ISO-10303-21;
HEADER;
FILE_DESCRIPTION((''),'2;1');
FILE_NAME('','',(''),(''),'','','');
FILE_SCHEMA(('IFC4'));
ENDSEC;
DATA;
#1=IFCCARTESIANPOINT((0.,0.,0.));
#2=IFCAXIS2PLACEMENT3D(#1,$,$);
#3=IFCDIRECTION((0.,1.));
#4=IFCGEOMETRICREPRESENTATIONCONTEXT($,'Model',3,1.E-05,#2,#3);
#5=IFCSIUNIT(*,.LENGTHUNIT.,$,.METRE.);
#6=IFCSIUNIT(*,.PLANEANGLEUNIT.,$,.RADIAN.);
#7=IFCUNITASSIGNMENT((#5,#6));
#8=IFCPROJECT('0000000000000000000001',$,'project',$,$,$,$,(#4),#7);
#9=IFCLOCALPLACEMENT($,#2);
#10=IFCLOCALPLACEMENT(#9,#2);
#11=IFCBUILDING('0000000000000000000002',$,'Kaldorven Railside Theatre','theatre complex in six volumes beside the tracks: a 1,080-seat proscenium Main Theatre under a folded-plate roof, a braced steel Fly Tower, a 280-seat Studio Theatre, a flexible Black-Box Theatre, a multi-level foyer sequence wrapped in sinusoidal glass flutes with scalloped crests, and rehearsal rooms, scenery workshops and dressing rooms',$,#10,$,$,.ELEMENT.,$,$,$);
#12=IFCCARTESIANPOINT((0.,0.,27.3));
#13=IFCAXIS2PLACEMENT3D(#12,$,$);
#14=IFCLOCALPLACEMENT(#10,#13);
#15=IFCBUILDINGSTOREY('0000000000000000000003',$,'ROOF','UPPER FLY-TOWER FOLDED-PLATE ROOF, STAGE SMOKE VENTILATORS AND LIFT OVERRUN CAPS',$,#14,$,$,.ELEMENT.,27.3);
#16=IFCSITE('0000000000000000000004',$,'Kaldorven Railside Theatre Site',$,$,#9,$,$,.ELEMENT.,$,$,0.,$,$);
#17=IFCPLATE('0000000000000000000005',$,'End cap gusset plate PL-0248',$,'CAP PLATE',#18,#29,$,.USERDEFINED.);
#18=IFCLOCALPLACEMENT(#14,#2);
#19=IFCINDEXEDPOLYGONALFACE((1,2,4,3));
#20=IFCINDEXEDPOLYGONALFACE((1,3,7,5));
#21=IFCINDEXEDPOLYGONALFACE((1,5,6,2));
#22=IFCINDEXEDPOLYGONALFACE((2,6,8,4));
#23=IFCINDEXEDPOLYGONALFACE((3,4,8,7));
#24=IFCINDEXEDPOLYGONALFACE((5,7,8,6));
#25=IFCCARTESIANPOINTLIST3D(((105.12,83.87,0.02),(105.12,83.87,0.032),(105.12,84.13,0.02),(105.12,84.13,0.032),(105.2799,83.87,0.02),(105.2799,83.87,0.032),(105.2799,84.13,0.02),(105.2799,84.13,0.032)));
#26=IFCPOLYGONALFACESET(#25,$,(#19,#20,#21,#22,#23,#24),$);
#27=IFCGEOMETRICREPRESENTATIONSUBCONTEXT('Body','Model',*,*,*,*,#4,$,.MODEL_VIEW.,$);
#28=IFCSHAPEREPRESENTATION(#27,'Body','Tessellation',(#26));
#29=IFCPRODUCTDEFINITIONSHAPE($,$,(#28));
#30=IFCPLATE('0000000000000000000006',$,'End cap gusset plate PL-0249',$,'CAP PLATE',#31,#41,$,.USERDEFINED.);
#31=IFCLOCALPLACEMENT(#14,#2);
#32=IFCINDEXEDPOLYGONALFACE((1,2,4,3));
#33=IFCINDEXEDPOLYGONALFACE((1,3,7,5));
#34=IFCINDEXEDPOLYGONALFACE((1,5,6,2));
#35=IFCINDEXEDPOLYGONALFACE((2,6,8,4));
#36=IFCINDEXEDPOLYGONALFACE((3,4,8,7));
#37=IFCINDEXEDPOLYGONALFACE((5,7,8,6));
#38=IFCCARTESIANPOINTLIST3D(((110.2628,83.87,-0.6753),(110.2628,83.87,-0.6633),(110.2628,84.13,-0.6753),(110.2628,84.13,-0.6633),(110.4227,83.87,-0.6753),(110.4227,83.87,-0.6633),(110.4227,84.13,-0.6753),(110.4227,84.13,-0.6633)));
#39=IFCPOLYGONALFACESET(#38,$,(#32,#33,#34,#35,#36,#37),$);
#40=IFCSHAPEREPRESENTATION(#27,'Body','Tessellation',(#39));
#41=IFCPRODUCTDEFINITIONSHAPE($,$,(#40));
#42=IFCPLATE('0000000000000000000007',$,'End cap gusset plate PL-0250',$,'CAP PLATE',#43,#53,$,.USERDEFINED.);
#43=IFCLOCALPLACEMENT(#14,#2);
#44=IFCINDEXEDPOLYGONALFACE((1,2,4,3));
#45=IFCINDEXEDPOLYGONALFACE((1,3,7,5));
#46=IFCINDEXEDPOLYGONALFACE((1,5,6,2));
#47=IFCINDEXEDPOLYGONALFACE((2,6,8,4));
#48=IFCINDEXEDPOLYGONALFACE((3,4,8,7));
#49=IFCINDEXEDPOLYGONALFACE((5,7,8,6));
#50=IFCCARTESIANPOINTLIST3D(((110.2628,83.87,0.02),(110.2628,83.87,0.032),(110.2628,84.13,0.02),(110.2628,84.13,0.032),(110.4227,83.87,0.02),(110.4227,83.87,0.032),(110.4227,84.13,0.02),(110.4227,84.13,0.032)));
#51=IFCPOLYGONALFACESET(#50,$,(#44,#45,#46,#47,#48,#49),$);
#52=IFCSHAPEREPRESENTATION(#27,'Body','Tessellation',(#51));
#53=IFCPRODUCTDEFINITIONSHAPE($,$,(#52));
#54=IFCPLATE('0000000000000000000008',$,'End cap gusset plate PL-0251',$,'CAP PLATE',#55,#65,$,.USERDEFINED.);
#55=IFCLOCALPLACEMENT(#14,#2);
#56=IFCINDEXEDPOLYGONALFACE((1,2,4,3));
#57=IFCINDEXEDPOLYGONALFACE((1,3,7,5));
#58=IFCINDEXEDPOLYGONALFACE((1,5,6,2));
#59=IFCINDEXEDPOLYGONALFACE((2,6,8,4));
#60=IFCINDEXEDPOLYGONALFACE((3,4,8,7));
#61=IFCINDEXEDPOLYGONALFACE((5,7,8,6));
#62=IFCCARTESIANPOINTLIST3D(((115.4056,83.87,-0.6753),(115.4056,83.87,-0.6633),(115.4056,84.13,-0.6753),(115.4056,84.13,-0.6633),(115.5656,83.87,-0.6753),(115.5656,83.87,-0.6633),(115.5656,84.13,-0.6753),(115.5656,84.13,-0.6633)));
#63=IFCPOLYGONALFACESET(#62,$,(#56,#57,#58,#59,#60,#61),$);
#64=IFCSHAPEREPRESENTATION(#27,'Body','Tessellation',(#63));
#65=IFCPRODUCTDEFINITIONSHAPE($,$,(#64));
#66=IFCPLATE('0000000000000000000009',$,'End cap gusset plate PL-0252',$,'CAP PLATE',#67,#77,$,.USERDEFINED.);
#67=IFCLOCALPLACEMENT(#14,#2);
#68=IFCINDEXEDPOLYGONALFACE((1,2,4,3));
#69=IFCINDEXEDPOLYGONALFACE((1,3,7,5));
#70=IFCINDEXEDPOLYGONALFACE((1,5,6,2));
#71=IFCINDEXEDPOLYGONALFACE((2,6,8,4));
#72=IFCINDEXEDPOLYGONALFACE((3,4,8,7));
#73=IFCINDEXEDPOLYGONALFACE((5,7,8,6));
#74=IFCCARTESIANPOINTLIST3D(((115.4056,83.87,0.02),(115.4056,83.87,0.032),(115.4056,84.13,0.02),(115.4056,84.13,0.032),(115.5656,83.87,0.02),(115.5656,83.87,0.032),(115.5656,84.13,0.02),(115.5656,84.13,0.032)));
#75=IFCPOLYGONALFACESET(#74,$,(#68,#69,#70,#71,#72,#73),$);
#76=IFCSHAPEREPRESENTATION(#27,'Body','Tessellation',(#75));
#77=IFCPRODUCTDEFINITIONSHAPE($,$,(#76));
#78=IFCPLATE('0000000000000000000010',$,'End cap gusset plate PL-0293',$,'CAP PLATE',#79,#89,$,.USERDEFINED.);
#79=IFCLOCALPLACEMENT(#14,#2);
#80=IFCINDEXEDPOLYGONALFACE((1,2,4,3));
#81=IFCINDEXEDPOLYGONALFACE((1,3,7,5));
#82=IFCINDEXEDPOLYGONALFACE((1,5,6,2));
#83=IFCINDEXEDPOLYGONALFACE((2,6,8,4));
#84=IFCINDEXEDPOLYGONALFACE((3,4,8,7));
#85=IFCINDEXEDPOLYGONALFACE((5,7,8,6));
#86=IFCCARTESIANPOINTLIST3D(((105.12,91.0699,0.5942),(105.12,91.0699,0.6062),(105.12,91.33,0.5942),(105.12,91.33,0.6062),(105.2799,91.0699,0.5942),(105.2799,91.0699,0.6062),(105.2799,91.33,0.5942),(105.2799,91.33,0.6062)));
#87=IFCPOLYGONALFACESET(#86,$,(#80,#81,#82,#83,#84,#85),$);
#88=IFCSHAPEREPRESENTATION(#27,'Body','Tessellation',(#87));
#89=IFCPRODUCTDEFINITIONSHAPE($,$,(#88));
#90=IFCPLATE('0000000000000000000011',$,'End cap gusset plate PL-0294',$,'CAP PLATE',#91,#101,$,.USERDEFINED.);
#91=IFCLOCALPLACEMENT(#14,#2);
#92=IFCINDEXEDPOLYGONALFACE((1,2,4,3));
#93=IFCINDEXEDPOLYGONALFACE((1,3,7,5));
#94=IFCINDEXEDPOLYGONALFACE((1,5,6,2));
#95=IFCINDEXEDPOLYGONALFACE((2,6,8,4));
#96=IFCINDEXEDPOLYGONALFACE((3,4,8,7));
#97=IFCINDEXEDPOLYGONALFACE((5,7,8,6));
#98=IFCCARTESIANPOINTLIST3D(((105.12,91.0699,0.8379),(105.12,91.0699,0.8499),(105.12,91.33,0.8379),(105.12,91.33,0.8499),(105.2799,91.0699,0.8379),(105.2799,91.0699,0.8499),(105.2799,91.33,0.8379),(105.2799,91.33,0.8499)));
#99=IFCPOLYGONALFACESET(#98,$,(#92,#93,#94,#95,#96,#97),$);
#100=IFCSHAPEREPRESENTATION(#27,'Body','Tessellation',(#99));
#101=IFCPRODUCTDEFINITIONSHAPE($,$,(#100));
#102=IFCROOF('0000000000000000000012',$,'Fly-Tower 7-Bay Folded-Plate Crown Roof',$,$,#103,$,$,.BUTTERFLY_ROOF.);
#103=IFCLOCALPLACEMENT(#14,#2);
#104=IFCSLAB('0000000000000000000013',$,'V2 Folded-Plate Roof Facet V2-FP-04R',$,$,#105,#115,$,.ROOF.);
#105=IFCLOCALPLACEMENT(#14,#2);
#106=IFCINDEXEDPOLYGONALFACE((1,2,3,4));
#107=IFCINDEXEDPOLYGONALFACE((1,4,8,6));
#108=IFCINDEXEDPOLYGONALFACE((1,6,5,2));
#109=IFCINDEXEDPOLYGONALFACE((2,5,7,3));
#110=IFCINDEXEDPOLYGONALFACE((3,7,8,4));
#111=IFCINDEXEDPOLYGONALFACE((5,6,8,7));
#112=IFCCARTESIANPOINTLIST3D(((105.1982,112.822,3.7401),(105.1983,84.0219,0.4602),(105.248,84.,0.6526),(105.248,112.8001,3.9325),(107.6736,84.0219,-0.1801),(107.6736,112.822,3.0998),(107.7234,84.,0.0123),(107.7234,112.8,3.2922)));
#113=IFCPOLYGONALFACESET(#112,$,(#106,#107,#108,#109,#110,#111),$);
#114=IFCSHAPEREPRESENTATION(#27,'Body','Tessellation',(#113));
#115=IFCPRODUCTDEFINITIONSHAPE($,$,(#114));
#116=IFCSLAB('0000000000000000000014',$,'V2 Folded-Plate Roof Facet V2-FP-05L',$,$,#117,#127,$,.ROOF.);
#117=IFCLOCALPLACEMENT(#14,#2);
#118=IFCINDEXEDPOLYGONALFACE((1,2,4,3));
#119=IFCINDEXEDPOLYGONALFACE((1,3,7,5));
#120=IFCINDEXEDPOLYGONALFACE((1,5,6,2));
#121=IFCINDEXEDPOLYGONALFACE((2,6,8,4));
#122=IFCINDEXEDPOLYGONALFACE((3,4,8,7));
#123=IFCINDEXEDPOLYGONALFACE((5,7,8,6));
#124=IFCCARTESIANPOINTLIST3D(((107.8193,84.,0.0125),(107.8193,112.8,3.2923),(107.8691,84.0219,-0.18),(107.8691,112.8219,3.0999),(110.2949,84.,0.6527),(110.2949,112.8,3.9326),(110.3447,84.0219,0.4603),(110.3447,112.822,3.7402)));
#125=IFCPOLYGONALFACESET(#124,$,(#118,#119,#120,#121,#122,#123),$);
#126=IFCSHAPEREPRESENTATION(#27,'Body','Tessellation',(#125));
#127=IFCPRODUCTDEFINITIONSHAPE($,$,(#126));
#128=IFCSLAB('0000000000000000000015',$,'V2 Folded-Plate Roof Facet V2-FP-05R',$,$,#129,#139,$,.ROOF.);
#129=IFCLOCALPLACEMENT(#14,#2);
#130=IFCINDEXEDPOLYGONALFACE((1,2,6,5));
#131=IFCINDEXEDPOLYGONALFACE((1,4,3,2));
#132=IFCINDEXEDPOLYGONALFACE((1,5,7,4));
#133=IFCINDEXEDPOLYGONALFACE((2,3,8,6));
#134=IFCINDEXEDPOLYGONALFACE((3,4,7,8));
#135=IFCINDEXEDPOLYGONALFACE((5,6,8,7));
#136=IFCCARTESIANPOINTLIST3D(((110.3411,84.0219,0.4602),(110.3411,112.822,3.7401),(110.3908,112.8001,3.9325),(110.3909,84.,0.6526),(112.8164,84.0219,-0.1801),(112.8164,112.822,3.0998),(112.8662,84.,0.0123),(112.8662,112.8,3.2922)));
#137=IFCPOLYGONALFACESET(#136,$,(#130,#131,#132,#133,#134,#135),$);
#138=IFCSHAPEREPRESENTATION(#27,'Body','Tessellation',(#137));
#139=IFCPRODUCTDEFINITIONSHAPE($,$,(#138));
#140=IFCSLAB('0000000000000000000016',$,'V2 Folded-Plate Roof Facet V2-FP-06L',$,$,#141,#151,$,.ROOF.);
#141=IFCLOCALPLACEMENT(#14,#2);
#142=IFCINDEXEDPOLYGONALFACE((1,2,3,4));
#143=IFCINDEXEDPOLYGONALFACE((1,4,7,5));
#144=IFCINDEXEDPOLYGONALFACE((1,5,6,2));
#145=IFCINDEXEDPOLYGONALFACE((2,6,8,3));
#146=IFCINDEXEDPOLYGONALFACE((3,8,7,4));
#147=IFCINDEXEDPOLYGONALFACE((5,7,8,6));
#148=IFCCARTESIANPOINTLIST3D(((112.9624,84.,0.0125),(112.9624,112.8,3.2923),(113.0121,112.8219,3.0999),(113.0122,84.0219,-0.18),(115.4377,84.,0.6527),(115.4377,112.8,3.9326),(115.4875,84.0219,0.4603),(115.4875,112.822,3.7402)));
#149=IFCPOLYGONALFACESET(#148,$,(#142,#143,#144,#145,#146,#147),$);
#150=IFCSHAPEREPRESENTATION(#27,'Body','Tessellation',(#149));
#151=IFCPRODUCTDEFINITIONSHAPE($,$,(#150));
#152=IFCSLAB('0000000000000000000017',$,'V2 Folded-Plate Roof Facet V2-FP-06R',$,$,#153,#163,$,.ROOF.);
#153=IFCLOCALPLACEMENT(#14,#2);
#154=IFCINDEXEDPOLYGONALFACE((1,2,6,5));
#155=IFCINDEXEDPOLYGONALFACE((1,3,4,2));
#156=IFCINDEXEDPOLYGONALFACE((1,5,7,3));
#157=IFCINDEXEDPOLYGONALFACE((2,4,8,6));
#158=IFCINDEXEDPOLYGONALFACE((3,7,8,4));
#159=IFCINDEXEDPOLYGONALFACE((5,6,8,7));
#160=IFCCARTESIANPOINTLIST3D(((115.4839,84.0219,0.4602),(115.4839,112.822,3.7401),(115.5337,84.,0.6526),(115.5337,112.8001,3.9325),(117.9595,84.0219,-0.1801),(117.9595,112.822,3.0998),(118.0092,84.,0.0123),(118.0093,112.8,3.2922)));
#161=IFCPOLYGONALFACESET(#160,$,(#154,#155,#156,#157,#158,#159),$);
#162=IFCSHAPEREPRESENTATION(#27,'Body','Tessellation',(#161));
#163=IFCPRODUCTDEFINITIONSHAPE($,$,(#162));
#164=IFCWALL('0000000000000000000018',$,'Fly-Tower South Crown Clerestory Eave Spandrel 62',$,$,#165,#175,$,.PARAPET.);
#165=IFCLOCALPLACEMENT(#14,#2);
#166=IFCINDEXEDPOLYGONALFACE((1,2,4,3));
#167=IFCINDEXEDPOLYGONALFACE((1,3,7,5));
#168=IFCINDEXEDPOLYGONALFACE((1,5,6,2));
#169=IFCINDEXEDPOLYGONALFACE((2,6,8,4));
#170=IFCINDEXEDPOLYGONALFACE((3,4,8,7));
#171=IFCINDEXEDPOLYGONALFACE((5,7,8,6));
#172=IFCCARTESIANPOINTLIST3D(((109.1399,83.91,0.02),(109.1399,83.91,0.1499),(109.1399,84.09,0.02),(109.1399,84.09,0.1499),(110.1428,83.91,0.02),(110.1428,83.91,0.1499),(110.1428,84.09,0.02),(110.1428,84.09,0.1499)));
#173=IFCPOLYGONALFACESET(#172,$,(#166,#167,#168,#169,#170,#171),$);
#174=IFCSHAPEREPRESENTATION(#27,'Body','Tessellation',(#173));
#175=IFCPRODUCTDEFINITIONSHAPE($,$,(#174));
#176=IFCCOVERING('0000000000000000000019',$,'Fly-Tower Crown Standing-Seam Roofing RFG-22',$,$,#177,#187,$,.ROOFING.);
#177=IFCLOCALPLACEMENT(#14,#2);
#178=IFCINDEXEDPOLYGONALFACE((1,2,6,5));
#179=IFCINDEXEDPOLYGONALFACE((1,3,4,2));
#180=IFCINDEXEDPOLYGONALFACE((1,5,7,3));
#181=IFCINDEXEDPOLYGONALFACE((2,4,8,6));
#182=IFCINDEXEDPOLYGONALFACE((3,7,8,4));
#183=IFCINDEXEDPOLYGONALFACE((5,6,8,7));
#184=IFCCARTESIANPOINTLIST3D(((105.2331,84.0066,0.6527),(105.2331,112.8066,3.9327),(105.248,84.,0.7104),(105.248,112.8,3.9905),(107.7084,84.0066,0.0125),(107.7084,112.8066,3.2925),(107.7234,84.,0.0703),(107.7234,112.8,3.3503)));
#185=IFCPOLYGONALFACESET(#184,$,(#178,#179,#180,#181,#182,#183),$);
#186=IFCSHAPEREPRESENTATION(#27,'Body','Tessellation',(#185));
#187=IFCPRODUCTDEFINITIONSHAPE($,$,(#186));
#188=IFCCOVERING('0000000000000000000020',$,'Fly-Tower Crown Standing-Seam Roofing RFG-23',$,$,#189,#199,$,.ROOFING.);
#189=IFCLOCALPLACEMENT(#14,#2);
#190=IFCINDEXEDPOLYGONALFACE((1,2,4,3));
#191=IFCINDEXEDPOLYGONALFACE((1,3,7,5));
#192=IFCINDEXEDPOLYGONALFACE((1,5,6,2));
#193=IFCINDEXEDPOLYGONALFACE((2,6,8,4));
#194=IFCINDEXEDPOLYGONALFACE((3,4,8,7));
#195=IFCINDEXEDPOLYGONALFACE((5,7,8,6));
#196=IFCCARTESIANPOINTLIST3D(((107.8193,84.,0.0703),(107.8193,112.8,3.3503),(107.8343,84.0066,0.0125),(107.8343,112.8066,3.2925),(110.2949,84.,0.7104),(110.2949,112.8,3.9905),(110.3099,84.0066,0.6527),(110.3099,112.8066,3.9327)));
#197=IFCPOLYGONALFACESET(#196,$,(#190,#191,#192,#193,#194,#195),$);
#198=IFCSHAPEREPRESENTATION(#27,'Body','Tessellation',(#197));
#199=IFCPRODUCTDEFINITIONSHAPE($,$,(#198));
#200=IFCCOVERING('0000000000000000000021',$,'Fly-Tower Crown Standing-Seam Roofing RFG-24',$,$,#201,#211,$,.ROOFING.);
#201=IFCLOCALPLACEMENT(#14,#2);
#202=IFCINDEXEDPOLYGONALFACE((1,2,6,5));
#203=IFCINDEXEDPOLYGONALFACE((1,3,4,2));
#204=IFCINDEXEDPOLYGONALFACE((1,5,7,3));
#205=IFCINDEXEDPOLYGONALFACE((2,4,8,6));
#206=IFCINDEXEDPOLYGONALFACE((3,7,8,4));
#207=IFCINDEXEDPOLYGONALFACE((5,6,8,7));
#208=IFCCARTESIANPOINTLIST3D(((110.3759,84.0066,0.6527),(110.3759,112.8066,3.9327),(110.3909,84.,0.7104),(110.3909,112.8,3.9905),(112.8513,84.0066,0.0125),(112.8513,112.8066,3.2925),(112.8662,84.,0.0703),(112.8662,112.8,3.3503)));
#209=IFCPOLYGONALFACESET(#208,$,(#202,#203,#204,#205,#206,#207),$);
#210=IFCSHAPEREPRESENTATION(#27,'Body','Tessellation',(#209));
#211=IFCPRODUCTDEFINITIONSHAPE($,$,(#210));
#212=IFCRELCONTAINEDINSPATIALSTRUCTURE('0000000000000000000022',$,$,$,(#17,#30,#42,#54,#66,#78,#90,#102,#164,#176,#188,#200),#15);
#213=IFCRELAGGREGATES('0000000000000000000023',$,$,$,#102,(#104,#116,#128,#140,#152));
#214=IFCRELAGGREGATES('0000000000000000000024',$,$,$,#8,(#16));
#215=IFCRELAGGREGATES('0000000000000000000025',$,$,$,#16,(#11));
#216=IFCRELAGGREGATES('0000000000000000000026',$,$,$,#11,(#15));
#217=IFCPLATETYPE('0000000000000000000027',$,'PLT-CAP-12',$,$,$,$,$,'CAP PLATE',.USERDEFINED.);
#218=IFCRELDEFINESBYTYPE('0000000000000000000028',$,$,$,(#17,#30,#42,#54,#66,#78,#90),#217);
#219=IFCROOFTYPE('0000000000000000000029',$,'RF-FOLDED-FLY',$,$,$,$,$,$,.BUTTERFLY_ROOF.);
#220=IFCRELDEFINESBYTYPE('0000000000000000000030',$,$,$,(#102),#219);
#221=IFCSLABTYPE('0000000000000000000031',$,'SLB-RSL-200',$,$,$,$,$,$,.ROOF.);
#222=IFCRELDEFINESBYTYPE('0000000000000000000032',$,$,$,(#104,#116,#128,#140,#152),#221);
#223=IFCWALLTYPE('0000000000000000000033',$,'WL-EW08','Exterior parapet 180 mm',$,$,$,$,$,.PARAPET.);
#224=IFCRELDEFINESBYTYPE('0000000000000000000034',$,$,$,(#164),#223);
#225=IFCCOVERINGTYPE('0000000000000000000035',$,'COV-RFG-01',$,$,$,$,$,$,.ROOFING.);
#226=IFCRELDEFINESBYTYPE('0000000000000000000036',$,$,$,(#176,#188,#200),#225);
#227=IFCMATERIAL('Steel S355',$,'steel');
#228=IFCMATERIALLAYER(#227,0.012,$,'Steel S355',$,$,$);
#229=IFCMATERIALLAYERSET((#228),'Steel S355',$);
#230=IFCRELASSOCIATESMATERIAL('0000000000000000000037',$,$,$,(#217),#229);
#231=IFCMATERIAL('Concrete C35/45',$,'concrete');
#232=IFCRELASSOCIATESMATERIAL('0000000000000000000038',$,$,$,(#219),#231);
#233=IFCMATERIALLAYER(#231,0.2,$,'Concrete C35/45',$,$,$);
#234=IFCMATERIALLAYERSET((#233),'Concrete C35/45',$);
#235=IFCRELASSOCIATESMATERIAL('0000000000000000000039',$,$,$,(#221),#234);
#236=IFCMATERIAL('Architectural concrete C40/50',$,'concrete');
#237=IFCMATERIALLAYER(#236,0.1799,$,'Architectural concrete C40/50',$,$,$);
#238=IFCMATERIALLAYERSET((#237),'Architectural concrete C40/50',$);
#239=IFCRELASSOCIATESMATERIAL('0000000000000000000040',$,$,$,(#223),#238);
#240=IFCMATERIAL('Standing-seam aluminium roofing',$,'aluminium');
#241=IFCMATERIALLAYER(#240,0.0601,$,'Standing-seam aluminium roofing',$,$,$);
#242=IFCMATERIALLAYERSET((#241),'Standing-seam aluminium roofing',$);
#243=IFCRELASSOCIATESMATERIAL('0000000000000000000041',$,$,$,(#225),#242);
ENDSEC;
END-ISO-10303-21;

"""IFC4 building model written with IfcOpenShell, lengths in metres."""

from ifc_helpers import new_model, si_unit, direction, frame, frame_2d, origin, origin_2d, place, context, subcontext, project, spatial, polyline, rectangle, outline, extrude, material, layer, layer_set, type_object, element, aggregate, save


model = new_model("IFC4")

# Units and contexts
model_context = context("Model", 3, precision=1e-05, world=origin(), true_north=direction((0.0, 1.0)))
body_context = subcontext(model_context, "Body", "Model", "MODEL_VIEW")
ifc_project = project(units=[si_unit("LENGTHUNIT", "METRE"), si_unit("PLANEANGLEUNIT", "RADIAN")], contexts=[model_context])

# Site, building, storey
site_placement = place(None, origin())
site = spatial("IfcSite", under=ifc_project, at=site_placement, Name="Kaldorven Railside Theatre Site", CompositionType="ELEMENT", RefElevation=0.0)
building_placement = place(site_placement, origin())
building = spatial("IfcBuilding", under=site, at=building_placement, Name="Kaldorven Railside Theatre", Description="theatre complex in six volumes beside the tracks: a 1,080-seat proscenium Main Theatre under a folded-plate roof, a braced steel Fly Tower, a 280-seat Studio Theatre, a flexible Black-Box Theatre, a multi-level foyer sequence wrapped in sinusoidal glass flutes with scalloped crests, and rehearsal rooms, scenery workshops and dressing rooms", CompositionType="ELEMENT")
storey_placement = place(building_placement, frame((0.0, 0.0, 27.3)))
storey = spatial("IfcBuildingStorey", under=building, at=storey_placement, Name="ROOF", Description="UPPER FLY-TOWER FOLDED-PLATE ROOF, STAGE SMOKE VENTILATORS AND LIFT OVERRUN CAPS", CompositionType="ELEMENT", Elevation=27.3)

# Shared definitions
ifc_material_1 = material(Name="Steel S355", Category="steel")

# Plates
ifc_layer_1 = layer(ifc_material_1, 0.012, Name="Steel S355")
ifc_layer_set_1 = layer_set([ifc_layer_1], Name="Steel S355")
plate_type = type_object("IfcPlateType", Name="PLT-CAP-12", ElementType="CAP PLATE", PredefinedType="USERDEFINED", material=ifc_layer_set_1)
for number, where, z_axis, x_axis, name in (
    (1, (105.2, 84.0, 0.02), (0.0, 0.0, 1.0), (1.0, 0.0, 0.0), "End cap gusset plate PL-0248"),
    (2, (110.3428, 84.0, -0.6753), (0.0, 0.0, 1.0), (1.0, 0.0, 0.0), "End cap gusset plate PL-0249"),
    (3, (110.3428, 84.0, 0.02), (0.0, 0.0, 1.0), (1.0, 0.0, 0.0), "End cap gusset plate PL-0250"),
    (4, (115.4856, 84.0, -0.6753), (0.0, 0.0, 1.0), (1.0, 0.0, 0.0), "End cap gusset plate PL-0251"),
    (5, (115.4856, 84.0, 0.02), (0.0, 0.0, 1.0), (1.0, 0.0, 0.0), "End cap gusset plate PL-0252"),
    (6, (105.2, 91.2, 0.5942), (0.0, 0.0, 1.0), (1.0, 0.0, 0.0), "End cap gusset plate PL-0293"),
    (7, (105.2, 91.2, 0.8379), (0.0, 0.0, 1.0), (1.0, 0.0, 0.0), "End cap gusset plate PL-0294"),
):
    element("IfcPlate", number, at=place(storey_placement, frame(where, z_axis=z_axis, x_axis=x_axis)), inside=storey, type_object=plate_type, Name=name, ObjectType="CAP PLATE", PredefinedType="USERDEFINED", context=body_context, shape_type="SweptSolid", body=[
        extrude(rectangle(XDim=0.1599, YDim=0.26, at=origin_2d()), origin(), (0.0, 0.0, 1.0), 0.012),
    ])

# Roof, slabs
ifc_material_2 = material(Name="Concrete C35/45", Category="concrete")
roof_type = type_object("IfcRoofType", Name="RF-FOLDED-FLY", PredefinedType="BUTTERFLY_ROOF", material=ifc_material_2)
roof_placement = place(storey_placement, origin())
roof = element("IfcRoof", 8, at=roof_placement, inside=storey, type_object=roof_type, Name="Fly-Tower 7-Bay Folded-Plate Crown Roof", PredefinedType="BUTTERFLY_ROOF")
ifc_layer_2 = layer(ifc_material_2, 0.2, Name="Concrete C35/45")
ifc_layer_set_2 = layer_set([ifc_layer_2], Name="Concrete C35/45")
slab_type = type_object("IfcSlabType", Name="SLB-RSL-200", PredefinedType="ROOF", material=ifc_layer_set_2)
slab_1_placement = place(storey_placement, frame((105.248, 84.0, 0.6526), z_axis=(0.248905, -0.109593, 0.962307), x_axis=(0.968139, 0.000005, -0.250413)))
slab_1 = element("IfcSlab", 9, at=slab_1_placement, type_object=slab_type, Name="V2 Folded-Plate Roof Facet V2-FP-04R", PredefinedType="ROOF", context=body_context, shape_type="SweptSolid", body=[
    extrude(outline(polyline([(0.0, 0.0), (2.5568, 0.0), (1.7356, 28.9746), (-0.8212, 28.9746), (0.0, 0.0)])), origin(), (0.0, 0.0, -1.0), 0.2),
])
slab_2_placement = place(storey_placement, frame((107.8193, 84.0, 0.0125), z_axis=(-0.248882, -0.109594, 0.962313), x_axis=(0.968145, -0.000005, 0.25039)))
slab_2 = element("IfcSlab", 10, at=slab_2_placement, type_object=slab_type, Name="V2 Folded-Plate Roof Facet V2-FP-05L", PredefinedType="ROOF", context=body_context, shape_type="SweptSolid", body=[
    extrude(outline(polyline([(0.0, 0.0), (2.557, 0.0), (3.3782, 28.9746), (0.8211, 28.9746), (0.0, 0.0)])), origin(), (0.0, 0.0, -1.0), 0.2),
])
slab_3_placement = place(storey_placement, frame((110.3909, 84.0, 0.6526), z_axis=(0.248905, -0.109593, 0.962307), x_axis=(0.968139, 0.000005, -0.250413)))
slab_3 = element("IfcSlab", 11, at=slab_3_placement, type_object=slab_type, Name="V2 Folded-Plate Roof Facet V2-FP-05R", PredefinedType="ROOF", context=body_context, shape_type="SweptSolid", body=[
    extrude(outline(polyline([(0.0, 0.0), (2.5568, 0.0), (1.7356, 28.9746), (-0.8212, 28.9746), (0.0, 0.0)])), origin(), (0.0, 0.0, -1.0), 0.2),
])
slab_4_placement = place(storey_placement, frame((112.9624, 84.0, 0.0125), z_axis=(-0.248905, -0.109593, 0.962307), x_axis=(0.968139, -0.000005, 0.250413)))
slab_4 = element("IfcSlab", 12, at=slab_4_placement, type_object=slab_type, Name="V2 Folded-Plate Roof Facet V2-FP-06L", PredefinedType="ROOF", context=body_context, shape_type="SweptSolid", body=[
    extrude(outline(polyline([(0.0, 0.0), (2.5568, 0.0), (3.378, 28.9746), (0.8212, 28.9746), (0.0, 0.0)])), origin(), (0.0, 0.0, -1.0), 0.2),
])
slab_5_placement = place(storey_placement, frame((115.5337, 84.0, 0.6526), z_axis=(0.248882, -0.109594, 0.962313), x_axis=(0.968145, 0.000005, -0.25039)))
slab_5 = element("IfcSlab", 13, at=slab_5_placement, type_object=slab_type, Name="V2 Folded-Plate Roof Facet V2-FP-06R", PredefinedType="ROOF", context=body_context, shape_type="SweptSolid", body=[
    extrude(outline(polyline([(0.0, 0.0), (2.557, 0.0), (1.7359, 28.9746), (-0.8211, 28.9746), (0.0, 0.0)])), origin(), (0.0, 0.0, -1.0), 0.2),
])
aggregate(roof, [slab_1, slab_2, slab_3, slab_4, slab_5])

# Wall
ifc_material_3 = material(Name="Architectural concrete C40/50", Category="concrete")
ifc_layer_3 = layer(ifc_material_3, 0.1799, Name="Architectural concrete C40/50")
ifc_layer_set_3 = layer_set([ifc_layer_3], Name="Architectural concrete C40/50")
wall_type = type_object("IfcWallType", Name="WL-EW08", Description="Exterior parapet 180 mm", PredefinedType="PARAPET", material=ifc_layer_set_3)
wall_placement = place(storey_placement, frame((109.1399, 84.0, 0.02), z_axis=(0.0, 0.0, 1.0), x_axis=(1.0, 0.0, 0.0)))
element("IfcWall", 14, at=wall_placement, inside=storey, type_object=wall_type, Name="Fly-Tower South Crown Clerestory Eave Spandrel 62", PredefinedType="PARAPET", context=body_context, shape_type="SweptSolid", body=[
    extrude(rectangle(XDim=1.0029, YDim=0.1799, at=frame_2d((0.5015, 0.0))), origin(), (0.0, 0.0, 1.0), 0.1299),
])

# Coverings
ifc_material_4 = material(Name="Standing-seam aluminium roofing", Category="aluminium")
ifc_layer_4 = layer(ifc_material_4, 0.0601, Name="Standing-seam aluminium roofing")
ifc_layer_set_4 = layer_set([ifc_layer_4], Name="Standing-seam aluminium roofing")
covering_type = type_object("IfcCoveringType", Name="COV-RFG-01", PredefinedType="ROOFING", material=ifc_layer_set_4)
covering_1_placement = place(storey_placement, frame((105.248, 84.0, 0.7104), z_axis=(0.248861, -0.109598, 0.962318), x_axis=(0.968151, 0.0, -0.250369)))
element("IfcCovering", 15, at=covering_1_placement, inside=storey, type_object=covering_type, Name="Fly-Tower Crown Standing-Seam Roofing RFG-22", PredefinedType="ROOFING", context=body_context, shape_type="SweptSolid", body=[
    extrude(outline(polyline([(0.0, 0.0), (2.5568, 0.0), (1.7356, 28.9746), (-0.8212, 28.9746), (0.0, 0.0)])), origin(), (0.0, 0.0, -1.0), 0.0601),
])
covering_2_placement = place(storey_placement, frame((107.8193, 84.0, 0.0703), z_axis=(-0.248838, -0.109599, 0.962324), x_axis=(0.968156, 0.0, 0.250346)))
element("IfcCovering", 16, at=covering_2_placement, inside=storey, type_object=covering_type, Name="Fly-Tower Crown Standing-Seam Roofing RFG-23", PredefinedType="ROOFING", context=body_context, shape_type="SweptSolid", body=[
    extrude(outline(polyline([(0.0, 0.0), (2.557, 0.0), (3.3782, 28.9746), (0.8211, 28.9746), (0.0, 0.0)])), origin(), (0.0, 0.0, -1.0), 0.0601),
])
covering_3_placement = place(storey_placement, frame((110.3909, 84.0, 0.7104), z_axis=(0.248861, -0.109598, 0.962318), x_axis=(0.968151, 0.0, -0.250369)))
element("IfcCovering", 17, at=covering_3_placement, inside=storey, type_object=covering_type, Name="Fly-Tower Crown Standing-Seam Roofing RFG-24", PredefinedType="ROOFING", context=body_context, shape_type="SweptSolid", body=[
    extrude(outline(polyline([(0.0, 0.0), (2.5568, 0.0), (1.7356, 28.9746), (-0.8212, 28.9746), (0.0, 0.0)])), origin(), (0.0, 0.0, -1.0), 0.0601),
])

save(model, "model.ifc")
